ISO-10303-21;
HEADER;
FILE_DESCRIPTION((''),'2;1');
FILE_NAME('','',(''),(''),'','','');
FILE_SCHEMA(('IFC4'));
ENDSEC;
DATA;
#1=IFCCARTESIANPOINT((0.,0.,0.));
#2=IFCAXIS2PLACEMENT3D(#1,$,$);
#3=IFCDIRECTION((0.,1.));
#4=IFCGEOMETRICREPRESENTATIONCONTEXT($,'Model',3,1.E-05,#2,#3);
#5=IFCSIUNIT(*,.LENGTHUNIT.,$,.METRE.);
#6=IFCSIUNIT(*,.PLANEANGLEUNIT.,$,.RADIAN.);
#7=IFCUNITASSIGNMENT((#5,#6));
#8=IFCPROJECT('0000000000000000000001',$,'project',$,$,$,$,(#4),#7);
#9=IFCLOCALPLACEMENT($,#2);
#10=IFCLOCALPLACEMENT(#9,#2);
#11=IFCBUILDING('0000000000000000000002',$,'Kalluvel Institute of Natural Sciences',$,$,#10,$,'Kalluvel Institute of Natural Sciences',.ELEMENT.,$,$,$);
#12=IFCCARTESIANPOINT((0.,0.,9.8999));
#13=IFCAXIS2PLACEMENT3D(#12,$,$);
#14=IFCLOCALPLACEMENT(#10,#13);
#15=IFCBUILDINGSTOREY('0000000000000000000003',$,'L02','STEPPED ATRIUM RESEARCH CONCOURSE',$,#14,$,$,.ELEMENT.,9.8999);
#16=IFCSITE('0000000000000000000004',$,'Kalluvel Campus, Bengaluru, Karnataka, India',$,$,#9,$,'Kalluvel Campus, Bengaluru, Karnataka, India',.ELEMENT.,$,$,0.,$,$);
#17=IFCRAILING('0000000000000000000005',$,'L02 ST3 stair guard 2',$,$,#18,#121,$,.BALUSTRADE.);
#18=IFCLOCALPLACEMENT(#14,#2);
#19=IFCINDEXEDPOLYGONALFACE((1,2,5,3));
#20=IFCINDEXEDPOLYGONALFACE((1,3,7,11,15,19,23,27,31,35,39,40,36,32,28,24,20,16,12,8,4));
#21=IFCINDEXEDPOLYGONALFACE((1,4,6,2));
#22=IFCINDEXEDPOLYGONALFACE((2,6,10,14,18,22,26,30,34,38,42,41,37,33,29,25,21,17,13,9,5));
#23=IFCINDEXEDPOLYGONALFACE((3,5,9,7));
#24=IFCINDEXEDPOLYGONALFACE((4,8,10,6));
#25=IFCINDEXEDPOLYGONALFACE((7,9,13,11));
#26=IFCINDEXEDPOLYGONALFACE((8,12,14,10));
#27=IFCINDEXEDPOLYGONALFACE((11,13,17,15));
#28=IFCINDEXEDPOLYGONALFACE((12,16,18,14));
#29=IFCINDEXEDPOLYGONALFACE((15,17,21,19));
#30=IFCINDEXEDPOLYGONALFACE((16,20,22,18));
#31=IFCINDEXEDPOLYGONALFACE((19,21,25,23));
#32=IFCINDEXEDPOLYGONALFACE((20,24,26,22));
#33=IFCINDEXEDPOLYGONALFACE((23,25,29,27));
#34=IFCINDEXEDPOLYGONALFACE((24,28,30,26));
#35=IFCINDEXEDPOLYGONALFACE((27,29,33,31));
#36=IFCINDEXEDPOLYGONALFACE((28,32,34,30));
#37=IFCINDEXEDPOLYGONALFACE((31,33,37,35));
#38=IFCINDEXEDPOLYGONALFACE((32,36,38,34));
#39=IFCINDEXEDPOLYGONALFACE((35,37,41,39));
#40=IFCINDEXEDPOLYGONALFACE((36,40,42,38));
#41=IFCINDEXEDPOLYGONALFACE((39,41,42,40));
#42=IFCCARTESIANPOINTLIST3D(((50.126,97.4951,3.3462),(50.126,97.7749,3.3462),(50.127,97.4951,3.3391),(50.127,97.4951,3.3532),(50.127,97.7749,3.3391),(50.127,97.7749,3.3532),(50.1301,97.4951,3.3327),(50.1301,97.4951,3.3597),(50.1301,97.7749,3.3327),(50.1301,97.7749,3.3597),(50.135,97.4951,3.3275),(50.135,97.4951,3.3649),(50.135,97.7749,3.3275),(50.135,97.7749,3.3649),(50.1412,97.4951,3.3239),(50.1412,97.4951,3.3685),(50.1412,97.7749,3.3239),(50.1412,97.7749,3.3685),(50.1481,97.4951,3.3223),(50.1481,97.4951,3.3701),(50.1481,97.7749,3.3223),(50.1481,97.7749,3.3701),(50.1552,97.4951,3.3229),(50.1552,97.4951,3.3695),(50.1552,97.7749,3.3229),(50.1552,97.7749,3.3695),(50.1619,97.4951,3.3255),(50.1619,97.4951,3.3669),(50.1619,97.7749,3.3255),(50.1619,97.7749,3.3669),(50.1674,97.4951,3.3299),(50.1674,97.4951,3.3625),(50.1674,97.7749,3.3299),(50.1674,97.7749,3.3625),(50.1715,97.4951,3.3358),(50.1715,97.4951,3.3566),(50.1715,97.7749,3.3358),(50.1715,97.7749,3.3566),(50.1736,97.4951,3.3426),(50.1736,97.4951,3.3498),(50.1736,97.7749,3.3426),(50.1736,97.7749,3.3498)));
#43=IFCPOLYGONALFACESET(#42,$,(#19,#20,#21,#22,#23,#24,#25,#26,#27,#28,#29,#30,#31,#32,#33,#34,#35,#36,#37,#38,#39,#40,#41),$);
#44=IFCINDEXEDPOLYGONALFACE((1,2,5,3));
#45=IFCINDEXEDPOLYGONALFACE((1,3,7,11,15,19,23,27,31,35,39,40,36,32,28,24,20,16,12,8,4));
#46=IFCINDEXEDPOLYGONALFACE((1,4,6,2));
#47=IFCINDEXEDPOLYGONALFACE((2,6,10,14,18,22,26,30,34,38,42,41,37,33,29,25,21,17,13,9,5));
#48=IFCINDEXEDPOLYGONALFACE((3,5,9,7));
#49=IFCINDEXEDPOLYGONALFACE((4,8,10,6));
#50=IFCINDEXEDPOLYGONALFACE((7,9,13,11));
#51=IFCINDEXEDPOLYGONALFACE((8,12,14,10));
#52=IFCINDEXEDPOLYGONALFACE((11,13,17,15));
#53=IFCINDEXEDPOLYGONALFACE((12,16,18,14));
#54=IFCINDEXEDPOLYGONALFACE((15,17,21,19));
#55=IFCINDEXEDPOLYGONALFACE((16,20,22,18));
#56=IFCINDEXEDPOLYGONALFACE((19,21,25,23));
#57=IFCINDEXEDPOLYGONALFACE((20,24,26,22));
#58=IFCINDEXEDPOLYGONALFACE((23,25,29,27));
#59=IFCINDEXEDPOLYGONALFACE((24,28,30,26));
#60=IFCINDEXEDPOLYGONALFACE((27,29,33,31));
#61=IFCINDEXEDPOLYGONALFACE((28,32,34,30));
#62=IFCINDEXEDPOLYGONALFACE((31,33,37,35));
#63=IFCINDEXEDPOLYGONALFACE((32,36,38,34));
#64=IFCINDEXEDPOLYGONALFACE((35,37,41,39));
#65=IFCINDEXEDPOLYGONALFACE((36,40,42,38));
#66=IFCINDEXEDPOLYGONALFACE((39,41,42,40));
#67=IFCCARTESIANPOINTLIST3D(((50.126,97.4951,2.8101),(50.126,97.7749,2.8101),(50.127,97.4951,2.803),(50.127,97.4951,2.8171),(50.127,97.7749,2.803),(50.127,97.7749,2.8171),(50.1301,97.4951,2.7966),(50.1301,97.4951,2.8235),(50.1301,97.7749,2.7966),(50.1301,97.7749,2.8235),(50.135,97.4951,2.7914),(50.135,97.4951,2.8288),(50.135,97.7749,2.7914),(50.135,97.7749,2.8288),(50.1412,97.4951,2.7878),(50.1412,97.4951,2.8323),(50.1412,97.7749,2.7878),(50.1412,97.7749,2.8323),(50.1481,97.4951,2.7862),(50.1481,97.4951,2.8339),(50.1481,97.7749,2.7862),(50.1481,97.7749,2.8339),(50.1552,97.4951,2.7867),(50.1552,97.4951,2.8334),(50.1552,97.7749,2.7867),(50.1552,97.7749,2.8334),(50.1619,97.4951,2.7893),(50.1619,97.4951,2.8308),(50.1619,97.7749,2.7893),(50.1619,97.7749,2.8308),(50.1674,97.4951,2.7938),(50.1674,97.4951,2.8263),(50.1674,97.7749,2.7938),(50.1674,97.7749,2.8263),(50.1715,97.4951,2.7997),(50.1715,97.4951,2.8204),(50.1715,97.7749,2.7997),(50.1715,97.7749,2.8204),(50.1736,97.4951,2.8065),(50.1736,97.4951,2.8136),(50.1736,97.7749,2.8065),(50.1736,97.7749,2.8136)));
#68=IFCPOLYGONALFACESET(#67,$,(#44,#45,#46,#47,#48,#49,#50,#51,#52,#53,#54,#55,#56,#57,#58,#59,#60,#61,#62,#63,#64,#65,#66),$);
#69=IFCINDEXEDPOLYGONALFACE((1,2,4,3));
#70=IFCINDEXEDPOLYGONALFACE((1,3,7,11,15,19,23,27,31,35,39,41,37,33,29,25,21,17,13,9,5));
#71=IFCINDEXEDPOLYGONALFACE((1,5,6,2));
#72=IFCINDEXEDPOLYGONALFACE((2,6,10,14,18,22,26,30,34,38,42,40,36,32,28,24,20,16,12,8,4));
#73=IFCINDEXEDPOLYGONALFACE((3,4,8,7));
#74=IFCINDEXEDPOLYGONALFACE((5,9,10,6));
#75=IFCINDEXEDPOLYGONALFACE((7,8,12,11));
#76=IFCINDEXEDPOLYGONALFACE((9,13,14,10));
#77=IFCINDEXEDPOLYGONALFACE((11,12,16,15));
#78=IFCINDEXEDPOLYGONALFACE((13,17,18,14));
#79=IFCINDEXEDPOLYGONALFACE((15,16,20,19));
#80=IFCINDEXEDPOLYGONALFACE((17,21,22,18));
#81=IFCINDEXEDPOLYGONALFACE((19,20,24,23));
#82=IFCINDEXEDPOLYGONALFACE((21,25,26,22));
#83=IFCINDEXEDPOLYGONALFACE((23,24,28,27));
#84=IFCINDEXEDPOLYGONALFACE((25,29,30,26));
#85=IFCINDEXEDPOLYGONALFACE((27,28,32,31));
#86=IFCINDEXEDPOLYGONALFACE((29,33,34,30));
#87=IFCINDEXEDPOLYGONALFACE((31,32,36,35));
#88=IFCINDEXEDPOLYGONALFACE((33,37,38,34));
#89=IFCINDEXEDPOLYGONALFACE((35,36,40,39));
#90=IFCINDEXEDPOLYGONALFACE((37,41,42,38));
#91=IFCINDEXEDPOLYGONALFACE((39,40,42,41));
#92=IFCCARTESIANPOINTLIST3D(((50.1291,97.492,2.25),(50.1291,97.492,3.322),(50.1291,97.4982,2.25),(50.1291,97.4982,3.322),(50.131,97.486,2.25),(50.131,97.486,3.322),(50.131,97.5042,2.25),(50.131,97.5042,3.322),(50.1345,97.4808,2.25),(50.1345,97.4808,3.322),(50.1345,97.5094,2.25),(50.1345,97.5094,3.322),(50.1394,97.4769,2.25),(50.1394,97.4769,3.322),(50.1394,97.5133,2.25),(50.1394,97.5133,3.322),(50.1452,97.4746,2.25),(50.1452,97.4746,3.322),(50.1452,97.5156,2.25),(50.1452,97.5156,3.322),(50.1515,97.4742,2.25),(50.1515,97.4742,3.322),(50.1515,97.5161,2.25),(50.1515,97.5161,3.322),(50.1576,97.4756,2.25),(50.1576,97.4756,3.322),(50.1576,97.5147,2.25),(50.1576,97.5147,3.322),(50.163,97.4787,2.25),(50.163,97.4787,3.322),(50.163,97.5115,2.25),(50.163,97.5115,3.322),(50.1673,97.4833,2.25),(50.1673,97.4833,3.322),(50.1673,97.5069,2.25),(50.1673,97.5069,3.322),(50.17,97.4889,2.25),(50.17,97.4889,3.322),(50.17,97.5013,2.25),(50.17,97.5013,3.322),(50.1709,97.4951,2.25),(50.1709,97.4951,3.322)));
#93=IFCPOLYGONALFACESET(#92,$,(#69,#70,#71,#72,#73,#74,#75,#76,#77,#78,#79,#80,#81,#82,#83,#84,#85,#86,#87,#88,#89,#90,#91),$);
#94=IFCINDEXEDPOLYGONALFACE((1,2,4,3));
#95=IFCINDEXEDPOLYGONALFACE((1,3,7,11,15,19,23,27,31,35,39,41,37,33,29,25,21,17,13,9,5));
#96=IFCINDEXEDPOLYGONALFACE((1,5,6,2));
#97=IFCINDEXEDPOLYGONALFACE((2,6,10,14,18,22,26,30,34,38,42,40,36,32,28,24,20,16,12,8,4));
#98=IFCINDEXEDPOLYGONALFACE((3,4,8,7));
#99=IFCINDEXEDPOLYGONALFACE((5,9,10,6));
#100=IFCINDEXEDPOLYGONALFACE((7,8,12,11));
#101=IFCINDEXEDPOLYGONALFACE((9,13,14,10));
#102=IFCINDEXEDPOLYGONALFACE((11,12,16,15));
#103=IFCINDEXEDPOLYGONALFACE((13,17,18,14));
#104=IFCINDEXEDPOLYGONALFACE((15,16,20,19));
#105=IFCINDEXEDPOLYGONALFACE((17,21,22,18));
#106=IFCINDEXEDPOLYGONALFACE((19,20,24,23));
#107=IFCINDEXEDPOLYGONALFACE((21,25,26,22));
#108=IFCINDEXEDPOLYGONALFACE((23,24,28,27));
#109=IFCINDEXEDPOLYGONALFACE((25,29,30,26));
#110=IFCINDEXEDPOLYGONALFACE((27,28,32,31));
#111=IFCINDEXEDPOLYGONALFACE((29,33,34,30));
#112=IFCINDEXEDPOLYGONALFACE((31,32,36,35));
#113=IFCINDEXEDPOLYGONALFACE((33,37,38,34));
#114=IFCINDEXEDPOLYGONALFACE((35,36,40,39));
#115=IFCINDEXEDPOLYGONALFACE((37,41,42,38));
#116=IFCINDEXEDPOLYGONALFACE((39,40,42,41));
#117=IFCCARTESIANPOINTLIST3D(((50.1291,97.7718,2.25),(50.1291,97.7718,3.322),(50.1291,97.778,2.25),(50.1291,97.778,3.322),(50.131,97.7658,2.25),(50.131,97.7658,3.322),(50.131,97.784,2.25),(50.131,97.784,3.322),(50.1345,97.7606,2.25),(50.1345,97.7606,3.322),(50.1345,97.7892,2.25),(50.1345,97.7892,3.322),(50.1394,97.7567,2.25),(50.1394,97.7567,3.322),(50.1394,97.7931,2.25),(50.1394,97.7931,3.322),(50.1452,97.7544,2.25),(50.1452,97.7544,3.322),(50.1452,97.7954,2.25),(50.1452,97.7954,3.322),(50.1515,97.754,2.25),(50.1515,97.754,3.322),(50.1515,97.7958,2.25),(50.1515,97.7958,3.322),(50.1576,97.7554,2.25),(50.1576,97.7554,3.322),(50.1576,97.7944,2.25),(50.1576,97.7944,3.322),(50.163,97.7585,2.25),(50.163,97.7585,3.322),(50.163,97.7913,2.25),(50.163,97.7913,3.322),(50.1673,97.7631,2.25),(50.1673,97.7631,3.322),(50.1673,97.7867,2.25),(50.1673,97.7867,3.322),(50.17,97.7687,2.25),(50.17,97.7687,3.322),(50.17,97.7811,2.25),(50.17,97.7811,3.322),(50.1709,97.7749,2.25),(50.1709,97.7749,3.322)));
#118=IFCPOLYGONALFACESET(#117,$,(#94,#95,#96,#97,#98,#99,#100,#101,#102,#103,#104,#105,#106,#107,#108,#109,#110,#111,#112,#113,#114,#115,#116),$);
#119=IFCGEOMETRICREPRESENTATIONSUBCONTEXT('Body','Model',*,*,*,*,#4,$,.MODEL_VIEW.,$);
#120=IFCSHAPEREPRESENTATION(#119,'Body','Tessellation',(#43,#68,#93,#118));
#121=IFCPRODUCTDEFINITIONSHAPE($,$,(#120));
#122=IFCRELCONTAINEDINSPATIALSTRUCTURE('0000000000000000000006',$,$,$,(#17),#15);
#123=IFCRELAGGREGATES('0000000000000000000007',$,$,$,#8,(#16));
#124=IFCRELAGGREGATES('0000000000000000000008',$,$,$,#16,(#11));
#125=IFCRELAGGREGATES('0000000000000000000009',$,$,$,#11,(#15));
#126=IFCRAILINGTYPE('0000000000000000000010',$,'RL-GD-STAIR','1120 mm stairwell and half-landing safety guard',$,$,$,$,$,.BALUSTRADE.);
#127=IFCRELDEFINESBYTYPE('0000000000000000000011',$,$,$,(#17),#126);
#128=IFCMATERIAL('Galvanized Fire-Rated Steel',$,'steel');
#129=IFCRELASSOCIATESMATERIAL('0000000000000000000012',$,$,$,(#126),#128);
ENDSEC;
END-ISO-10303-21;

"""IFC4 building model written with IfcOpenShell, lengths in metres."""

from ifc_helpers import new_model, si_unit, direction, frame, origin, origin_2d, place, context, subcontext, project, spatial, circle, extrude, material, type_object, element, save


model = new_model("IFC4")

# Units and contexts
model_context = context("Model", 3, precision=1e-05, world=origin(), true_north=direction((0.0, 1.0)))
body_context = subcontext(model_context, "Body", "Model", "MODEL_VIEW")
ifc_project = project(units=[si_unit("LENGTHUNIT", "METRE"), si_unit("PLANEANGLEUNIT", "RADIAN")], contexts=[model_context])

# Site, building, storey
site_placement = place(None, origin())
site = spatial("IfcSite", under=ifc_project, at=site_placement, Name="Kalluvel Campus, Bengaluru, Karnataka, India", LongName="Kalluvel Campus, Bengaluru, Karnataka, India", CompositionType="ELEMENT", RefElevation=0.0)
building_placement = place(site_placement, origin())
building = spatial("IfcBuilding", under=site, at=building_placement, Name="Kalluvel Institute of Natural Sciences", LongName="Kalluvel Institute of Natural Sciences", CompositionType="ELEMENT")
storey_placement = place(building_placement, frame((0.0, 0.0, 9.8999)))
storey = spatial("IfcBuildingStorey", under=building, at=storey_placement, Name="L02", Description="STEPPED ATRIUM RESEARCH CONCOURSE", CompositionType="ELEMENT", Elevation=9.8999)

# Shared definitions
ifc_material_1 = material(Name="Galvanized Fire-Rated Steel", Category="steel")

# Railing
railing_type_1 = type_object("IfcRailingType", Name="RL-GD-STAIR", Description="1120 mm stairwell and half-landing safety guard", PredefinedType="BALUSTRADE", material=ifc_material_1)
railing_1_placement = place(storey_placement, frame((50.1499, 97.4951, 2.25)))
element("IfcRailing", 1, at=railing_1_placement, inside=storey, type_object=railing_type_1, Name="L02 ST3 stair guard 2", PredefinedType="BALUSTRADE", context=body_context, shape_type="SweptSolid", body=[
    extrude(circle(Radius=0.0239, at=origin_2d()), frame((0.0, 0.0, 1.0962), z_axis=(0.0, 1.0, 0.0), x_axis=(-1.0, 0.0, 0.0)), (0.0, 0.0, 1.0), 0.2798),
    extrude(circle(Radius=0.0239, at=origin_2d()), frame((0.0, 0.0, 0.5601), z_axis=(0.0, 1.0, 0.0), x_axis=(-1.0, 0.0, 0.0)), (0.0, 0.0, 1.0), 0.2798),
    extrude(circle(Radius=0.021, at=origin_2d()), origin(), (0.0, 0.0, 1.0), 1.072),
    extrude(circle(Radius=0.021, at=origin_2d()), frame((0.0, 0.2798, 0.0)), (0.0, 0.0, 1.0), 1.072),
])

save(model, "model.ifc")
